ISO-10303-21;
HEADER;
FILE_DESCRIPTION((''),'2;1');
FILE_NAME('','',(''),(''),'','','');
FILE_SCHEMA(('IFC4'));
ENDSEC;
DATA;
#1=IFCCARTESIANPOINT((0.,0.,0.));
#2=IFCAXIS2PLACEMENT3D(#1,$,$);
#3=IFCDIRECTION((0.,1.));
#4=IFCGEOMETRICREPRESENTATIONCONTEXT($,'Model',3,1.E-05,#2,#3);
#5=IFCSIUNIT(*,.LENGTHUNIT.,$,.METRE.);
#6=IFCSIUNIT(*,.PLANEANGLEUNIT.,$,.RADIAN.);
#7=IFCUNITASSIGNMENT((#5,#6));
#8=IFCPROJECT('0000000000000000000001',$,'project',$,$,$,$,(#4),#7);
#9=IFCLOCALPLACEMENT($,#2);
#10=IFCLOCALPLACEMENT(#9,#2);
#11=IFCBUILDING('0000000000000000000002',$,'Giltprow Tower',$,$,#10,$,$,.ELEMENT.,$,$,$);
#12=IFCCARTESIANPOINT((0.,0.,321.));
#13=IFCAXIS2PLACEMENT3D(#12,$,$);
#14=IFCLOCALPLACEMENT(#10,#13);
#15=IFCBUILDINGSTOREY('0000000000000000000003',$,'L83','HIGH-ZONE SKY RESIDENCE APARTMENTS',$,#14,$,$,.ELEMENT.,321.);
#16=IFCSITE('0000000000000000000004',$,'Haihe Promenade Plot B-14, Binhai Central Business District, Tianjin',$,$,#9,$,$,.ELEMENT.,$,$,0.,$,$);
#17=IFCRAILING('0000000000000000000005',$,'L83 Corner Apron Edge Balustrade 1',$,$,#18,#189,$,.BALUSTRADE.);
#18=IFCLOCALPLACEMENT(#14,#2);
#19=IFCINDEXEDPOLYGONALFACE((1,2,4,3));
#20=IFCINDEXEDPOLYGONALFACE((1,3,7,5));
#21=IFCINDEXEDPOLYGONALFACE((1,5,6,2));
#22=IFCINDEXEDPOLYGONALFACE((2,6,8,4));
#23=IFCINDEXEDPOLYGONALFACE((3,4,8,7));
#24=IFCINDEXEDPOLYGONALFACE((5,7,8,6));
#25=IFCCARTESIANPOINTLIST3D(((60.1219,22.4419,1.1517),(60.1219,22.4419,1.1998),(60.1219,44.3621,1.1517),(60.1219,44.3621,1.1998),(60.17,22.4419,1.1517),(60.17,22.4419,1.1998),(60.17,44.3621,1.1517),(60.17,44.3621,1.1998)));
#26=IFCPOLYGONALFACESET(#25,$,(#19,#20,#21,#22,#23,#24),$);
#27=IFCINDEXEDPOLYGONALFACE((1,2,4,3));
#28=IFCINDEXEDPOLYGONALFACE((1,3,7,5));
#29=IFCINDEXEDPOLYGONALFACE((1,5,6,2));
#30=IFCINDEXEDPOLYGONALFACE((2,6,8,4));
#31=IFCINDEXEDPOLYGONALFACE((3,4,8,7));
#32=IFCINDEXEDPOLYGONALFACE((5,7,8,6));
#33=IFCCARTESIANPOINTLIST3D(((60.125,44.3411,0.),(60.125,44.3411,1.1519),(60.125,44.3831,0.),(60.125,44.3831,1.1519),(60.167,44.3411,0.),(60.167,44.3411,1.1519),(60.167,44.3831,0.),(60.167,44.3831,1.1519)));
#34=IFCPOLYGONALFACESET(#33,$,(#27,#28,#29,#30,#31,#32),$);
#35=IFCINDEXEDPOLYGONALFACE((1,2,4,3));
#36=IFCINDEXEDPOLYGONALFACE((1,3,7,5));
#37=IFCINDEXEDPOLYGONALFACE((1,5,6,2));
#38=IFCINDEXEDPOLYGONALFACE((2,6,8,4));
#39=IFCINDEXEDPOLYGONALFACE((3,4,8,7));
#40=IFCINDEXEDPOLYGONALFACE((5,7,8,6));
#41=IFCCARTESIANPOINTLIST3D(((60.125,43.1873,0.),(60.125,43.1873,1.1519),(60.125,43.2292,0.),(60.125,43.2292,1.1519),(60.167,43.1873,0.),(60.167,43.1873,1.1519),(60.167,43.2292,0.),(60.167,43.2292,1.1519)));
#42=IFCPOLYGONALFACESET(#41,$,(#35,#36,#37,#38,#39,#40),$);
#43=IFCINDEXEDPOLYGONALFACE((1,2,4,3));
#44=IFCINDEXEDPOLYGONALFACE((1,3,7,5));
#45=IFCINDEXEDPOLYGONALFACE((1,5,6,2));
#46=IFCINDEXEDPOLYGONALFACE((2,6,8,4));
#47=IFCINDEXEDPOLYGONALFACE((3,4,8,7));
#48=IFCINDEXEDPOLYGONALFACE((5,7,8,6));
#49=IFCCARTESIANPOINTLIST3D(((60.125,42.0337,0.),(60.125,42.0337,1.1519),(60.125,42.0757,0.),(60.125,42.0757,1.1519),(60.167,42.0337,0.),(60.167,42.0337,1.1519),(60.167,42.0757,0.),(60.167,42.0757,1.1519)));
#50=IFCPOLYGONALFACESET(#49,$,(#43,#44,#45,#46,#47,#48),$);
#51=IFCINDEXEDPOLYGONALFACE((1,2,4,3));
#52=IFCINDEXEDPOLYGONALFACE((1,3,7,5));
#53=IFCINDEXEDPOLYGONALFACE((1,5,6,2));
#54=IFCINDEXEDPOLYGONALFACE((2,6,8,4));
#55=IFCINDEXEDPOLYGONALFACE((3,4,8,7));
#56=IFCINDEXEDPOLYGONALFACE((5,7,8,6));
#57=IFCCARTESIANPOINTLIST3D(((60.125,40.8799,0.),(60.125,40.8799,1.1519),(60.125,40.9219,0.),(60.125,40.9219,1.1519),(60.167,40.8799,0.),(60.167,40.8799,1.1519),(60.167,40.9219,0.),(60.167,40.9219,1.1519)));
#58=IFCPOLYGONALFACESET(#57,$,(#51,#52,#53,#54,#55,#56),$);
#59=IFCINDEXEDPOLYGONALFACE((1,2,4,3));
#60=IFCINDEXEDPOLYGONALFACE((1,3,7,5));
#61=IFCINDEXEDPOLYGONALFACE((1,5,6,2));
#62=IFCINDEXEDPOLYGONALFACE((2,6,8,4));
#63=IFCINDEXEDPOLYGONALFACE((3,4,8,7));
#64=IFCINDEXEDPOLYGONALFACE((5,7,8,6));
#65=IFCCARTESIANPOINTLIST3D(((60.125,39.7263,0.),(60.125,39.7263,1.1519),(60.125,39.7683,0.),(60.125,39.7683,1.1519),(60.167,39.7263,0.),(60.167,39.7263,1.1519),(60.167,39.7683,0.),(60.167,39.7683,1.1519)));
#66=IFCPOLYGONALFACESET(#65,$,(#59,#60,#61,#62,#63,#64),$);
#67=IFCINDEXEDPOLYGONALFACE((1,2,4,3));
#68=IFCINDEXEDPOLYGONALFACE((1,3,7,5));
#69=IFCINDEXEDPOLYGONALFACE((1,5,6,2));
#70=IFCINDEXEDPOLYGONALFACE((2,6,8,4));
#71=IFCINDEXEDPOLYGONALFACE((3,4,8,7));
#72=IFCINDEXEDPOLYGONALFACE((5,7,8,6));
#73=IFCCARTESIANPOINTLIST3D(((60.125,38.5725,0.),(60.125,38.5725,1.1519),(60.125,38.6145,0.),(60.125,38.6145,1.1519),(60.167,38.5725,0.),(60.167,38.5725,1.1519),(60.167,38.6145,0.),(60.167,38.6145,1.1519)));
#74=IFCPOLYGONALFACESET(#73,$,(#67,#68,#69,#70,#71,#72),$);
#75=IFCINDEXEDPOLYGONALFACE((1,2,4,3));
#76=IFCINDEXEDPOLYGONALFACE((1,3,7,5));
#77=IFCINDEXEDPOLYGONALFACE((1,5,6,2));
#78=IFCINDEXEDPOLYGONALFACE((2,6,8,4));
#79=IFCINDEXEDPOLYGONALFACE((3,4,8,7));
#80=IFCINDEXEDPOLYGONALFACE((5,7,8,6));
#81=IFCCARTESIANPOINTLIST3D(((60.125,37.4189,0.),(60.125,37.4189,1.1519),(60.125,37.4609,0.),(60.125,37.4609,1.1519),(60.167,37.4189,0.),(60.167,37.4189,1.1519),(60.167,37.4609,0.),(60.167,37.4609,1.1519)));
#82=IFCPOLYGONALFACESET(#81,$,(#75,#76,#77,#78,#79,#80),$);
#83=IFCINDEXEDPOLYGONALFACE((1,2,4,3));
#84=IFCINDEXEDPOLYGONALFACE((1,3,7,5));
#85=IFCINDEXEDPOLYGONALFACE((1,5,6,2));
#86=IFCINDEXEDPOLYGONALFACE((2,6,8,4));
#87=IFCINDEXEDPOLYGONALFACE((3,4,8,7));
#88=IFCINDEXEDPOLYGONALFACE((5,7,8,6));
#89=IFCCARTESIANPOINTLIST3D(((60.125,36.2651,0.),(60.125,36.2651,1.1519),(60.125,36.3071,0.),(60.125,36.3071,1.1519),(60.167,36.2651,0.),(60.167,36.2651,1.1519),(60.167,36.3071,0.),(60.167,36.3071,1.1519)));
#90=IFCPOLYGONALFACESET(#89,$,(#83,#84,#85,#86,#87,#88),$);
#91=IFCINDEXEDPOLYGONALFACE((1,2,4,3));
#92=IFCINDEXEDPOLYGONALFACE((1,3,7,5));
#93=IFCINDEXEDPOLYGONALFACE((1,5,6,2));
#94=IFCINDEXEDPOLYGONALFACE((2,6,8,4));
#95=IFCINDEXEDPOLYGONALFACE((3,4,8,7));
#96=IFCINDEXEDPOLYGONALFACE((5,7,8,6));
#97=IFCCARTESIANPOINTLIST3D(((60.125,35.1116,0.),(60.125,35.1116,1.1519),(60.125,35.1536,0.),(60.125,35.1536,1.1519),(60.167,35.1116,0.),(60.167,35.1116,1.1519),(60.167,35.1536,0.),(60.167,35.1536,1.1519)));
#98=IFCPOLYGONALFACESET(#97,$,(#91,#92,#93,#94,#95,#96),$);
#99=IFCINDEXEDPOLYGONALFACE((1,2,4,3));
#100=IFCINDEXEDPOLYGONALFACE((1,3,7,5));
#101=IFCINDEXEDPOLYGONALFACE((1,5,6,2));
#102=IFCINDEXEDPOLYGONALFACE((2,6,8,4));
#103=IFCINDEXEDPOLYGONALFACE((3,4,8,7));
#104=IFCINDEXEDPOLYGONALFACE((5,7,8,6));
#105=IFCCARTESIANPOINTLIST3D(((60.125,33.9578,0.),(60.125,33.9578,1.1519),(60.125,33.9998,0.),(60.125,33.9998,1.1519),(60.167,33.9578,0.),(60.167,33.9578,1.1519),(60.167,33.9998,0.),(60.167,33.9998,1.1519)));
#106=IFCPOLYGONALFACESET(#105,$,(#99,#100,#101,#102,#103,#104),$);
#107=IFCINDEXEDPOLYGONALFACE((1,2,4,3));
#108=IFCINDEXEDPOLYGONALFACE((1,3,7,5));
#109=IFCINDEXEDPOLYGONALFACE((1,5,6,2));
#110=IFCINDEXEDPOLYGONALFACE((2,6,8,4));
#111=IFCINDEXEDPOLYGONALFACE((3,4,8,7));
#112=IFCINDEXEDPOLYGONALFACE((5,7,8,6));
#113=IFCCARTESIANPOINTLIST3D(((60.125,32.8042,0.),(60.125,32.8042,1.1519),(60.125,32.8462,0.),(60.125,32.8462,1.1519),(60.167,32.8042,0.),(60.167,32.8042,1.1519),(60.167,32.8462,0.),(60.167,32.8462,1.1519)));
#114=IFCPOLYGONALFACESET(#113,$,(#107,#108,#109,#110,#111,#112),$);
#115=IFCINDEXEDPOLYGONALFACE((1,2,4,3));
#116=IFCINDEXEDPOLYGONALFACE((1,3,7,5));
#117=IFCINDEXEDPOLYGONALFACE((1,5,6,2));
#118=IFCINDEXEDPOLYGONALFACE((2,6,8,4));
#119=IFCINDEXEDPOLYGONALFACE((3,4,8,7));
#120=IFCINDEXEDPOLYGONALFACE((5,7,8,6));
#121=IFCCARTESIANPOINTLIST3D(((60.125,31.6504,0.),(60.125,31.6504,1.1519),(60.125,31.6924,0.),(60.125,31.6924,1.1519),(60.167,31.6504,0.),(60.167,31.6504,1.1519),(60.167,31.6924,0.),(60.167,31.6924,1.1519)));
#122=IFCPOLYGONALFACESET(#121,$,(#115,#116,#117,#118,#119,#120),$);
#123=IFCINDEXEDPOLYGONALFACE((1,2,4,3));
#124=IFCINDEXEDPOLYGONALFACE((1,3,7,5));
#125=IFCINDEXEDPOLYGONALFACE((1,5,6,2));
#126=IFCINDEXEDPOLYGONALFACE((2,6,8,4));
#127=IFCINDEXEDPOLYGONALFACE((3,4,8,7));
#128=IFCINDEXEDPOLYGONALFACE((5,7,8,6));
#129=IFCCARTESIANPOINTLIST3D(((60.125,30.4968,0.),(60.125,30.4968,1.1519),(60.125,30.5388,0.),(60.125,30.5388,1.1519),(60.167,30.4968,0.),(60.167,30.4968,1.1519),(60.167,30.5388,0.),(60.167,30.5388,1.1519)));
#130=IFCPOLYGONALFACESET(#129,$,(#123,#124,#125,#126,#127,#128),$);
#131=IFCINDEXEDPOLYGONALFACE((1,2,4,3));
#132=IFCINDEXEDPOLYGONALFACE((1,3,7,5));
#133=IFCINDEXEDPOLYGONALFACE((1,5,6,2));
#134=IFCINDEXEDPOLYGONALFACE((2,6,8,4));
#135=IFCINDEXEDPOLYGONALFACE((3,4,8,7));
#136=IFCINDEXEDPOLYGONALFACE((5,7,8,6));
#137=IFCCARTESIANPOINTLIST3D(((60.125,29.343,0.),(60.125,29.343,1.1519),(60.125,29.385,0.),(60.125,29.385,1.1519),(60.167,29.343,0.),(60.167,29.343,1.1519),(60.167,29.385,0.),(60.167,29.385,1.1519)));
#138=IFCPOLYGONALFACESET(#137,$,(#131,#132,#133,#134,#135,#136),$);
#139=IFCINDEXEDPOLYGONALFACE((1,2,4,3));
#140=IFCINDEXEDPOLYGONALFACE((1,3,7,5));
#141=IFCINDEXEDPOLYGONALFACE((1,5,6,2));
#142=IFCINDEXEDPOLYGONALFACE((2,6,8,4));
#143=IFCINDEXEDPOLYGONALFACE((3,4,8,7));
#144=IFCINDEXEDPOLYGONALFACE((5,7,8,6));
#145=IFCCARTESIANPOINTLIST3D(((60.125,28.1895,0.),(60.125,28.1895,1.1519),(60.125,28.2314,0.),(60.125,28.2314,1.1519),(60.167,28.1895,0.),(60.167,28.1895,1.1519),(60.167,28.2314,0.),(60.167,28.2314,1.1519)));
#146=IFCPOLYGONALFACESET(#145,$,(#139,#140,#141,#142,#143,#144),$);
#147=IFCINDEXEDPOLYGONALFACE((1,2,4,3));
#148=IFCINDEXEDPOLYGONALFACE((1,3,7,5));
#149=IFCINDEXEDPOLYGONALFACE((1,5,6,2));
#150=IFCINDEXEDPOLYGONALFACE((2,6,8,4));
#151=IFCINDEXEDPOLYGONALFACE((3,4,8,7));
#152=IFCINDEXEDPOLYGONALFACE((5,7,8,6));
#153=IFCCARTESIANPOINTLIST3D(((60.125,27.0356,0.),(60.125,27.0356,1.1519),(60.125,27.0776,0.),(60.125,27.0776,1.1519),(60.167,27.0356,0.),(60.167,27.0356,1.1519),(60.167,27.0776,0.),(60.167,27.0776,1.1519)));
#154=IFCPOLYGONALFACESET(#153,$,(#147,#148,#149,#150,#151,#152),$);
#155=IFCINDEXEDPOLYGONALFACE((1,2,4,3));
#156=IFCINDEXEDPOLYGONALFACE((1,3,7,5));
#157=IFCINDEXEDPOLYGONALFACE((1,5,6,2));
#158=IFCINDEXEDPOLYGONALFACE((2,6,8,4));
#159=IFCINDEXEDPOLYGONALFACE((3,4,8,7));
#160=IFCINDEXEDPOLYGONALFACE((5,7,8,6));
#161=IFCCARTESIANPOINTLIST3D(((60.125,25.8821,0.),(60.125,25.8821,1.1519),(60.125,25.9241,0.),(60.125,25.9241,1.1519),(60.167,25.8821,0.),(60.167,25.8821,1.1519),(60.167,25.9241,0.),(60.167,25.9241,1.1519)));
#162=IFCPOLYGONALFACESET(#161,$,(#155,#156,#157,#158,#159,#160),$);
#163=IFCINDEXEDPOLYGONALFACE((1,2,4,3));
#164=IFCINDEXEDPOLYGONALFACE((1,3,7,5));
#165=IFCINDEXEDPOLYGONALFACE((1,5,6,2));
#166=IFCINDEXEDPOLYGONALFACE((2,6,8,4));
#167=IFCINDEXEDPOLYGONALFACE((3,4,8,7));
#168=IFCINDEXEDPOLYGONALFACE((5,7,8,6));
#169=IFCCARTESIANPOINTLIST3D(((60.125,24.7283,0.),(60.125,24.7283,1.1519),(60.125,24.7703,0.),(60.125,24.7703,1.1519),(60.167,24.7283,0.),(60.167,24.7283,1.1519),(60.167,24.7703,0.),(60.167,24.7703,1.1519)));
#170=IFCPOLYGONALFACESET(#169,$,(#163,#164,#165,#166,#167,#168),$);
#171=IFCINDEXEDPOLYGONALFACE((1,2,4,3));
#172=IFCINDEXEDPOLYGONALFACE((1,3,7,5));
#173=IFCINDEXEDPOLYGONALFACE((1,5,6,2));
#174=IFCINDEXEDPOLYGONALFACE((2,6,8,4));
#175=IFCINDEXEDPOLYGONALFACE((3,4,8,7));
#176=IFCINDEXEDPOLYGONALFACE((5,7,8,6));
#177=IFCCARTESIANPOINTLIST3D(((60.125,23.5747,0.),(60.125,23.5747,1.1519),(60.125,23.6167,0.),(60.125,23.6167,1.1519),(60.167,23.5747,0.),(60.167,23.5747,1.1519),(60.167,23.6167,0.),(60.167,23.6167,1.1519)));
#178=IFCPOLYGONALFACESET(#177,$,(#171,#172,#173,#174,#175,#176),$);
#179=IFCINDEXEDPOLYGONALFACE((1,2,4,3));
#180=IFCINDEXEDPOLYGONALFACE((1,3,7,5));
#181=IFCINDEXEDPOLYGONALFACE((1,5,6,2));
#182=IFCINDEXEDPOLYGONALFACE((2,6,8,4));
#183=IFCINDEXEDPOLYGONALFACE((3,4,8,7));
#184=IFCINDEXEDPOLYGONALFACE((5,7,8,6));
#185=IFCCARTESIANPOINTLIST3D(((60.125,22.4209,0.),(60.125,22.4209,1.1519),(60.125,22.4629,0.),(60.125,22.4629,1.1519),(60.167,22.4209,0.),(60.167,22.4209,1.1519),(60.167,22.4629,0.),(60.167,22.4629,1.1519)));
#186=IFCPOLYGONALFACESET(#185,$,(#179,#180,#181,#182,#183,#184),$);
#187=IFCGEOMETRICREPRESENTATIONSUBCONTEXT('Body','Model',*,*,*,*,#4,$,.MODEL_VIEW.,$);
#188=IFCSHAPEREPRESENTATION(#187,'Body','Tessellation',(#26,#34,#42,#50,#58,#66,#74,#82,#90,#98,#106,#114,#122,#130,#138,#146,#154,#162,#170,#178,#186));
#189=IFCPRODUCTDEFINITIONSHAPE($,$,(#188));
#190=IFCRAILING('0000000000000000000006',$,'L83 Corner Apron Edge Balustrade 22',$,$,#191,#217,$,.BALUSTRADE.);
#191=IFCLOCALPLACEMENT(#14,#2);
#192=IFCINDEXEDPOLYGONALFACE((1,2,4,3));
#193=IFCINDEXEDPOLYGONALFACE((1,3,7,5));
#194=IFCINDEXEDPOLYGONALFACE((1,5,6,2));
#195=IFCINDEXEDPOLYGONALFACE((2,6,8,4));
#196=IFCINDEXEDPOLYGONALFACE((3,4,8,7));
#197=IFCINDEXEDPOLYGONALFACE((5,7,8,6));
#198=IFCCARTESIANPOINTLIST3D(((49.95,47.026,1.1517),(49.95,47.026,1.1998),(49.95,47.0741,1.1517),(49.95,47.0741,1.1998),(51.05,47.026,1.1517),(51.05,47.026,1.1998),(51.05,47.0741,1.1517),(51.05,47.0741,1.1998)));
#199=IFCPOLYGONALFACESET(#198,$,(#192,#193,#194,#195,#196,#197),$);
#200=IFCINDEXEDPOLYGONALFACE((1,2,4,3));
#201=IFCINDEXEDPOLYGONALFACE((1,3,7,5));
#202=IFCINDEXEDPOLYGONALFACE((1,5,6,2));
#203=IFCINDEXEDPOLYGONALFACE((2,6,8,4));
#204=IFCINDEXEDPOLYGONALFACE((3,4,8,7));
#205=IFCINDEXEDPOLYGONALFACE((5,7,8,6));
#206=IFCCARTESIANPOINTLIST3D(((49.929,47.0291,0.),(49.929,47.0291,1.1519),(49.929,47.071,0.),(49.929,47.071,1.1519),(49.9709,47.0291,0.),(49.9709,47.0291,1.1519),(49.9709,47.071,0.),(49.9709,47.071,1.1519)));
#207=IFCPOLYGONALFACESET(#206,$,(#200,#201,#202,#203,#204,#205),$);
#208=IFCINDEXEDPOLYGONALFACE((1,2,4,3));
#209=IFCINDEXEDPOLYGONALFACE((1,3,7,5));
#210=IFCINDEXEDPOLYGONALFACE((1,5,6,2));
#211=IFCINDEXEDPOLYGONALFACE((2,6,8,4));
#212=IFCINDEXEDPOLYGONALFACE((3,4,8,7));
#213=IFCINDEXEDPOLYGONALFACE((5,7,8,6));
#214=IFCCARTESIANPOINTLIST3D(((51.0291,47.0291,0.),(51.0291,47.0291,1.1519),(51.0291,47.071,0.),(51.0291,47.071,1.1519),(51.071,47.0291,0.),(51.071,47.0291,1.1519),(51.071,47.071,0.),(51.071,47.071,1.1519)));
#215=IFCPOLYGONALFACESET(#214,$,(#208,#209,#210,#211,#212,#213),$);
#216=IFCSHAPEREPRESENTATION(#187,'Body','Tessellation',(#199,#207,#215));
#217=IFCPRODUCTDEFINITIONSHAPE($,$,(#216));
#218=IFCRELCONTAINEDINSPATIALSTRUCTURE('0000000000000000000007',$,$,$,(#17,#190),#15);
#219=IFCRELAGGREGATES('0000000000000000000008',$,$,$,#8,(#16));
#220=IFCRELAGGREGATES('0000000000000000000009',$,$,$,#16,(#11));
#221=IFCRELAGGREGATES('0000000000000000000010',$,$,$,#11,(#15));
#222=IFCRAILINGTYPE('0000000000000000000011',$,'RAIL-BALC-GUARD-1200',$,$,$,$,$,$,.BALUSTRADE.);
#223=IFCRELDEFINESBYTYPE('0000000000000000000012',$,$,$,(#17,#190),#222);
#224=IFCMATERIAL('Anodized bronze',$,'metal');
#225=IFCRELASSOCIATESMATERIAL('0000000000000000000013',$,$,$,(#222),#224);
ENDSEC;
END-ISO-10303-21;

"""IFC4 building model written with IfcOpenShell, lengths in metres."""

from ifc_helpers import new_model, si_unit, direction, frame, origin, origin_2d, place, context, subcontext, project, spatial, rectangle, extrude, material, type_object, element, save


model = new_model("IFC4")

# Units and contexts
model_context = context("Model", 3, precision=1e-05, world=origin(), true_north=direction((0.0, 1.0)))
body_context = subcontext(model_context, "Body", "Model", "MODEL_VIEW")
ifc_project = project(units=[si_unit("LENGTHUNIT", "METRE"), si_unit("PLANEANGLEUNIT", "RADIAN")], contexts=[model_context])

# Site, building, storey
site_placement = place(None, origin())
site = spatial("IfcSite", under=ifc_project, at=site_placement, Name="Haihe Promenade Plot B-14, Binhai Central Business District, Tianjin", CompositionType="ELEMENT", RefElevation=0.0)
building_placement = place(site_placement, origin())
building = spatial("IfcBuilding", under=site, at=building_placement, Name="Giltprow Tower", CompositionType="ELEMENT")
storey_placement = place(building_placement, frame((0.0, 0.0, 321.0)))
storey = spatial("IfcBuildingStorey", under=building, at=storey_placement, Name="L83", Description="HIGH-ZONE SKY RESIDENCE APARTMENTS", CompositionType="ELEMENT", Elevation=321.0)

# Railings
ifc_material_1 = material(Name="Anodized bronze", Category="metal")
railing_type = type_object("IfcRailingType", Name="RAIL-BALC-GUARD-1200", PredefinedType="BALUSTRADE", material=ifc_material_1)
railing_1_placement = place(storey_placement, frame((60.146, 44.3621, 0.0)))
element("IfcRailing", 1, at=railing_1_placement, inside=storey, type_object=railing_type, Name="L83 Corner Apron Edge Balustrade 1", PredefinedType="BALUSTRADE", context=body_context, shape_type="SweptSolid", body=[
    extrude(rectangle(XDim=0.0481, YDim=0.0481, at=origin_2d()), frame((0.0, 0.0, 1.1758), z_axis=(0.0, -1.0, 0.0), x_axis=(1.0, 0.0, 0.0)), (0.0, 0.0, 1.0), 21.9202),
    extrude(rectangle(XDim=0.042, YDim=0.042, at=origin_2d()), origin(), (0.0, 0.0, 1.0), 1.1519),
    extrude(rectangle(XDim=0.042, YDim=0.042, at=origin_2d()), frame((0.0, -1.1538, 0.0)), (0.0, 0.0, 1.0), 1.1519),
    extrude(rectangle(XDim=0.042, YDim=0.042, at=origin_2d()), frame((0.0, -2.3074, 0.0)), (0.0, 0.0, 1.0), 1.1519),
    extrude(rectangle(XDim=0.042, YDim=0.042, at=origin_2d()), frame((0.0, -3.4612, 0.0)), (0.0, 0.0, 1.0), 1.1519),
    extrude(rectangle(XDim=0.042, YDim=0.042, at=origin_2d()), frame((0.0, -4.6147, 0.0)), (0.0, 0.0, 1.0), 1.1519),
    extrude(rectangle(XDim=0.042, YDim=0.042, at=origin_2d()), frame((0.0, -5.7686, 0.0)), (0.0, 0.0, 1.0), 1.1519),
    extrude(rectangle(XDim=0.042, YDim=0.042, at=origin_2d()), frame((0.0, -6.9221, 0.0)), (0.0, 0.0, 1.0), 1.1519),
    extrude(rectangle(XDim=0.042, YDim=0.042, at=origin_2d()), frame((0.0, -8.0759, 0.0)), (0.0, 0.0, 1.0), 1.1519),
    extrude(rectangle(XDim=0.042, YDim=0.042, at=origin_2d()), frame((0.0, -9.2295, 0.0)), (0.0, 0.0, 1.0), 1.1519),
    extrude(rectangle(XDim=0.042, YDim=0.042, at=origin_2d()), frame((0.0, -10.3833, 0.0)), (0.0, 0.0, 1.0), 1.1519),
    extrude(rectangle(XDim=0.042, YDim=0.042, at=origin_2d()), frame((0.0, -11.5369, 0.0)), (0.0, 0.0, 1.0), 1.1519),
    extrude(rectangle(XDim=0.042, YDim=0.042, at=origin_2d()), frame((0.0, -12.6907, 0.0)), (0.0, 0.0, 1.0), 1.1519),
    extrude(rectangle(XDim=0.042, YDim=0.042, at=origin_2d()), frame((0.0, -13.8442, 0.0)), (0.0, 0.0, 1.0), 1.1519),
    extrude(rectangle(XDim=0.042, YDim=0.042, at=origin_2d()), frame((0.0, -14.998, 0.0)), (0.0, 0.0, 1.0), 1.1519),
    extrude(rectangle(XDim=0.042, YDim=0.042, at=origin_2d()), frame((0.0, -16.1516, 0.0)), (0.0, 0.0, 1.0), 1.1519),
    extrude(rectangle(XDim=0.042, YDim=0.042, at=origin_2d()), frame((0.0, -17.3054, 0.0)), (0.0, 0.0, 1.0), 1.1519),
    extrude(rectangle(XDim=0.042, YDim=0.042, at=origin_2d()), frame((0.0, -18.459, 0.0)), (0.0, 0.0, 1.0), 1.1519),
    extrude(rectangle(XDim=0.042, YDim=0.042, at=origin_2d()), frame((0.0, -19.6128, 0.0)), (0.0, 0.0, 1.0), 1.1519),
    extrude(rectangle(XDim=0.042, YDim=0.042, at=origin_2d()), frame((0.0, -20.7664, 0.0)), (0.0, 0.0, 1.0), 1.1519),
    extrude(rectangle(XDim=0.042, YDim=0.042, at=origin_2d()), frame((0.0, -21.9202, 0.0)), (0.0, 0.0, 1.0), 1.1519),
])
railing_2_placement = place(storey_placement, frame((49.95, 47.05, 0.0)))
element("IfcRailing", 2, at=railing_2_placement, inside=storey, type_object=railing_type, Name="L83 Corner Apron Edge Balustrade 22", PredefinedType="BALUSTRADE", context=body_context, shape_type="SweptSolid", body=[
    extrude(rectangle(XDim=0.0481, YDim=0.0481, at=origin_2d()), frame((0.0, 0.0, 1.1758), z_axis=(1.0, 0.0, 0.0), x_axis=(0.0, 1.0, 0.0)), (0.0, 0.0, 1.0), 1.1001),
    extrude(rectangle(XDim=0.042, YDim=0.042, at=origin_2d()), origin(), (0.0, 0.0, 1.0), 1.1519),
    extrude(rectangle(XDim=0.042, YDim=0.042, at=origin_2d()), frame((1.1001, 0.0, 0.0)), (0.0, 0.0, 1.0), 1.1519),
])

save(model, "model.ifc")
